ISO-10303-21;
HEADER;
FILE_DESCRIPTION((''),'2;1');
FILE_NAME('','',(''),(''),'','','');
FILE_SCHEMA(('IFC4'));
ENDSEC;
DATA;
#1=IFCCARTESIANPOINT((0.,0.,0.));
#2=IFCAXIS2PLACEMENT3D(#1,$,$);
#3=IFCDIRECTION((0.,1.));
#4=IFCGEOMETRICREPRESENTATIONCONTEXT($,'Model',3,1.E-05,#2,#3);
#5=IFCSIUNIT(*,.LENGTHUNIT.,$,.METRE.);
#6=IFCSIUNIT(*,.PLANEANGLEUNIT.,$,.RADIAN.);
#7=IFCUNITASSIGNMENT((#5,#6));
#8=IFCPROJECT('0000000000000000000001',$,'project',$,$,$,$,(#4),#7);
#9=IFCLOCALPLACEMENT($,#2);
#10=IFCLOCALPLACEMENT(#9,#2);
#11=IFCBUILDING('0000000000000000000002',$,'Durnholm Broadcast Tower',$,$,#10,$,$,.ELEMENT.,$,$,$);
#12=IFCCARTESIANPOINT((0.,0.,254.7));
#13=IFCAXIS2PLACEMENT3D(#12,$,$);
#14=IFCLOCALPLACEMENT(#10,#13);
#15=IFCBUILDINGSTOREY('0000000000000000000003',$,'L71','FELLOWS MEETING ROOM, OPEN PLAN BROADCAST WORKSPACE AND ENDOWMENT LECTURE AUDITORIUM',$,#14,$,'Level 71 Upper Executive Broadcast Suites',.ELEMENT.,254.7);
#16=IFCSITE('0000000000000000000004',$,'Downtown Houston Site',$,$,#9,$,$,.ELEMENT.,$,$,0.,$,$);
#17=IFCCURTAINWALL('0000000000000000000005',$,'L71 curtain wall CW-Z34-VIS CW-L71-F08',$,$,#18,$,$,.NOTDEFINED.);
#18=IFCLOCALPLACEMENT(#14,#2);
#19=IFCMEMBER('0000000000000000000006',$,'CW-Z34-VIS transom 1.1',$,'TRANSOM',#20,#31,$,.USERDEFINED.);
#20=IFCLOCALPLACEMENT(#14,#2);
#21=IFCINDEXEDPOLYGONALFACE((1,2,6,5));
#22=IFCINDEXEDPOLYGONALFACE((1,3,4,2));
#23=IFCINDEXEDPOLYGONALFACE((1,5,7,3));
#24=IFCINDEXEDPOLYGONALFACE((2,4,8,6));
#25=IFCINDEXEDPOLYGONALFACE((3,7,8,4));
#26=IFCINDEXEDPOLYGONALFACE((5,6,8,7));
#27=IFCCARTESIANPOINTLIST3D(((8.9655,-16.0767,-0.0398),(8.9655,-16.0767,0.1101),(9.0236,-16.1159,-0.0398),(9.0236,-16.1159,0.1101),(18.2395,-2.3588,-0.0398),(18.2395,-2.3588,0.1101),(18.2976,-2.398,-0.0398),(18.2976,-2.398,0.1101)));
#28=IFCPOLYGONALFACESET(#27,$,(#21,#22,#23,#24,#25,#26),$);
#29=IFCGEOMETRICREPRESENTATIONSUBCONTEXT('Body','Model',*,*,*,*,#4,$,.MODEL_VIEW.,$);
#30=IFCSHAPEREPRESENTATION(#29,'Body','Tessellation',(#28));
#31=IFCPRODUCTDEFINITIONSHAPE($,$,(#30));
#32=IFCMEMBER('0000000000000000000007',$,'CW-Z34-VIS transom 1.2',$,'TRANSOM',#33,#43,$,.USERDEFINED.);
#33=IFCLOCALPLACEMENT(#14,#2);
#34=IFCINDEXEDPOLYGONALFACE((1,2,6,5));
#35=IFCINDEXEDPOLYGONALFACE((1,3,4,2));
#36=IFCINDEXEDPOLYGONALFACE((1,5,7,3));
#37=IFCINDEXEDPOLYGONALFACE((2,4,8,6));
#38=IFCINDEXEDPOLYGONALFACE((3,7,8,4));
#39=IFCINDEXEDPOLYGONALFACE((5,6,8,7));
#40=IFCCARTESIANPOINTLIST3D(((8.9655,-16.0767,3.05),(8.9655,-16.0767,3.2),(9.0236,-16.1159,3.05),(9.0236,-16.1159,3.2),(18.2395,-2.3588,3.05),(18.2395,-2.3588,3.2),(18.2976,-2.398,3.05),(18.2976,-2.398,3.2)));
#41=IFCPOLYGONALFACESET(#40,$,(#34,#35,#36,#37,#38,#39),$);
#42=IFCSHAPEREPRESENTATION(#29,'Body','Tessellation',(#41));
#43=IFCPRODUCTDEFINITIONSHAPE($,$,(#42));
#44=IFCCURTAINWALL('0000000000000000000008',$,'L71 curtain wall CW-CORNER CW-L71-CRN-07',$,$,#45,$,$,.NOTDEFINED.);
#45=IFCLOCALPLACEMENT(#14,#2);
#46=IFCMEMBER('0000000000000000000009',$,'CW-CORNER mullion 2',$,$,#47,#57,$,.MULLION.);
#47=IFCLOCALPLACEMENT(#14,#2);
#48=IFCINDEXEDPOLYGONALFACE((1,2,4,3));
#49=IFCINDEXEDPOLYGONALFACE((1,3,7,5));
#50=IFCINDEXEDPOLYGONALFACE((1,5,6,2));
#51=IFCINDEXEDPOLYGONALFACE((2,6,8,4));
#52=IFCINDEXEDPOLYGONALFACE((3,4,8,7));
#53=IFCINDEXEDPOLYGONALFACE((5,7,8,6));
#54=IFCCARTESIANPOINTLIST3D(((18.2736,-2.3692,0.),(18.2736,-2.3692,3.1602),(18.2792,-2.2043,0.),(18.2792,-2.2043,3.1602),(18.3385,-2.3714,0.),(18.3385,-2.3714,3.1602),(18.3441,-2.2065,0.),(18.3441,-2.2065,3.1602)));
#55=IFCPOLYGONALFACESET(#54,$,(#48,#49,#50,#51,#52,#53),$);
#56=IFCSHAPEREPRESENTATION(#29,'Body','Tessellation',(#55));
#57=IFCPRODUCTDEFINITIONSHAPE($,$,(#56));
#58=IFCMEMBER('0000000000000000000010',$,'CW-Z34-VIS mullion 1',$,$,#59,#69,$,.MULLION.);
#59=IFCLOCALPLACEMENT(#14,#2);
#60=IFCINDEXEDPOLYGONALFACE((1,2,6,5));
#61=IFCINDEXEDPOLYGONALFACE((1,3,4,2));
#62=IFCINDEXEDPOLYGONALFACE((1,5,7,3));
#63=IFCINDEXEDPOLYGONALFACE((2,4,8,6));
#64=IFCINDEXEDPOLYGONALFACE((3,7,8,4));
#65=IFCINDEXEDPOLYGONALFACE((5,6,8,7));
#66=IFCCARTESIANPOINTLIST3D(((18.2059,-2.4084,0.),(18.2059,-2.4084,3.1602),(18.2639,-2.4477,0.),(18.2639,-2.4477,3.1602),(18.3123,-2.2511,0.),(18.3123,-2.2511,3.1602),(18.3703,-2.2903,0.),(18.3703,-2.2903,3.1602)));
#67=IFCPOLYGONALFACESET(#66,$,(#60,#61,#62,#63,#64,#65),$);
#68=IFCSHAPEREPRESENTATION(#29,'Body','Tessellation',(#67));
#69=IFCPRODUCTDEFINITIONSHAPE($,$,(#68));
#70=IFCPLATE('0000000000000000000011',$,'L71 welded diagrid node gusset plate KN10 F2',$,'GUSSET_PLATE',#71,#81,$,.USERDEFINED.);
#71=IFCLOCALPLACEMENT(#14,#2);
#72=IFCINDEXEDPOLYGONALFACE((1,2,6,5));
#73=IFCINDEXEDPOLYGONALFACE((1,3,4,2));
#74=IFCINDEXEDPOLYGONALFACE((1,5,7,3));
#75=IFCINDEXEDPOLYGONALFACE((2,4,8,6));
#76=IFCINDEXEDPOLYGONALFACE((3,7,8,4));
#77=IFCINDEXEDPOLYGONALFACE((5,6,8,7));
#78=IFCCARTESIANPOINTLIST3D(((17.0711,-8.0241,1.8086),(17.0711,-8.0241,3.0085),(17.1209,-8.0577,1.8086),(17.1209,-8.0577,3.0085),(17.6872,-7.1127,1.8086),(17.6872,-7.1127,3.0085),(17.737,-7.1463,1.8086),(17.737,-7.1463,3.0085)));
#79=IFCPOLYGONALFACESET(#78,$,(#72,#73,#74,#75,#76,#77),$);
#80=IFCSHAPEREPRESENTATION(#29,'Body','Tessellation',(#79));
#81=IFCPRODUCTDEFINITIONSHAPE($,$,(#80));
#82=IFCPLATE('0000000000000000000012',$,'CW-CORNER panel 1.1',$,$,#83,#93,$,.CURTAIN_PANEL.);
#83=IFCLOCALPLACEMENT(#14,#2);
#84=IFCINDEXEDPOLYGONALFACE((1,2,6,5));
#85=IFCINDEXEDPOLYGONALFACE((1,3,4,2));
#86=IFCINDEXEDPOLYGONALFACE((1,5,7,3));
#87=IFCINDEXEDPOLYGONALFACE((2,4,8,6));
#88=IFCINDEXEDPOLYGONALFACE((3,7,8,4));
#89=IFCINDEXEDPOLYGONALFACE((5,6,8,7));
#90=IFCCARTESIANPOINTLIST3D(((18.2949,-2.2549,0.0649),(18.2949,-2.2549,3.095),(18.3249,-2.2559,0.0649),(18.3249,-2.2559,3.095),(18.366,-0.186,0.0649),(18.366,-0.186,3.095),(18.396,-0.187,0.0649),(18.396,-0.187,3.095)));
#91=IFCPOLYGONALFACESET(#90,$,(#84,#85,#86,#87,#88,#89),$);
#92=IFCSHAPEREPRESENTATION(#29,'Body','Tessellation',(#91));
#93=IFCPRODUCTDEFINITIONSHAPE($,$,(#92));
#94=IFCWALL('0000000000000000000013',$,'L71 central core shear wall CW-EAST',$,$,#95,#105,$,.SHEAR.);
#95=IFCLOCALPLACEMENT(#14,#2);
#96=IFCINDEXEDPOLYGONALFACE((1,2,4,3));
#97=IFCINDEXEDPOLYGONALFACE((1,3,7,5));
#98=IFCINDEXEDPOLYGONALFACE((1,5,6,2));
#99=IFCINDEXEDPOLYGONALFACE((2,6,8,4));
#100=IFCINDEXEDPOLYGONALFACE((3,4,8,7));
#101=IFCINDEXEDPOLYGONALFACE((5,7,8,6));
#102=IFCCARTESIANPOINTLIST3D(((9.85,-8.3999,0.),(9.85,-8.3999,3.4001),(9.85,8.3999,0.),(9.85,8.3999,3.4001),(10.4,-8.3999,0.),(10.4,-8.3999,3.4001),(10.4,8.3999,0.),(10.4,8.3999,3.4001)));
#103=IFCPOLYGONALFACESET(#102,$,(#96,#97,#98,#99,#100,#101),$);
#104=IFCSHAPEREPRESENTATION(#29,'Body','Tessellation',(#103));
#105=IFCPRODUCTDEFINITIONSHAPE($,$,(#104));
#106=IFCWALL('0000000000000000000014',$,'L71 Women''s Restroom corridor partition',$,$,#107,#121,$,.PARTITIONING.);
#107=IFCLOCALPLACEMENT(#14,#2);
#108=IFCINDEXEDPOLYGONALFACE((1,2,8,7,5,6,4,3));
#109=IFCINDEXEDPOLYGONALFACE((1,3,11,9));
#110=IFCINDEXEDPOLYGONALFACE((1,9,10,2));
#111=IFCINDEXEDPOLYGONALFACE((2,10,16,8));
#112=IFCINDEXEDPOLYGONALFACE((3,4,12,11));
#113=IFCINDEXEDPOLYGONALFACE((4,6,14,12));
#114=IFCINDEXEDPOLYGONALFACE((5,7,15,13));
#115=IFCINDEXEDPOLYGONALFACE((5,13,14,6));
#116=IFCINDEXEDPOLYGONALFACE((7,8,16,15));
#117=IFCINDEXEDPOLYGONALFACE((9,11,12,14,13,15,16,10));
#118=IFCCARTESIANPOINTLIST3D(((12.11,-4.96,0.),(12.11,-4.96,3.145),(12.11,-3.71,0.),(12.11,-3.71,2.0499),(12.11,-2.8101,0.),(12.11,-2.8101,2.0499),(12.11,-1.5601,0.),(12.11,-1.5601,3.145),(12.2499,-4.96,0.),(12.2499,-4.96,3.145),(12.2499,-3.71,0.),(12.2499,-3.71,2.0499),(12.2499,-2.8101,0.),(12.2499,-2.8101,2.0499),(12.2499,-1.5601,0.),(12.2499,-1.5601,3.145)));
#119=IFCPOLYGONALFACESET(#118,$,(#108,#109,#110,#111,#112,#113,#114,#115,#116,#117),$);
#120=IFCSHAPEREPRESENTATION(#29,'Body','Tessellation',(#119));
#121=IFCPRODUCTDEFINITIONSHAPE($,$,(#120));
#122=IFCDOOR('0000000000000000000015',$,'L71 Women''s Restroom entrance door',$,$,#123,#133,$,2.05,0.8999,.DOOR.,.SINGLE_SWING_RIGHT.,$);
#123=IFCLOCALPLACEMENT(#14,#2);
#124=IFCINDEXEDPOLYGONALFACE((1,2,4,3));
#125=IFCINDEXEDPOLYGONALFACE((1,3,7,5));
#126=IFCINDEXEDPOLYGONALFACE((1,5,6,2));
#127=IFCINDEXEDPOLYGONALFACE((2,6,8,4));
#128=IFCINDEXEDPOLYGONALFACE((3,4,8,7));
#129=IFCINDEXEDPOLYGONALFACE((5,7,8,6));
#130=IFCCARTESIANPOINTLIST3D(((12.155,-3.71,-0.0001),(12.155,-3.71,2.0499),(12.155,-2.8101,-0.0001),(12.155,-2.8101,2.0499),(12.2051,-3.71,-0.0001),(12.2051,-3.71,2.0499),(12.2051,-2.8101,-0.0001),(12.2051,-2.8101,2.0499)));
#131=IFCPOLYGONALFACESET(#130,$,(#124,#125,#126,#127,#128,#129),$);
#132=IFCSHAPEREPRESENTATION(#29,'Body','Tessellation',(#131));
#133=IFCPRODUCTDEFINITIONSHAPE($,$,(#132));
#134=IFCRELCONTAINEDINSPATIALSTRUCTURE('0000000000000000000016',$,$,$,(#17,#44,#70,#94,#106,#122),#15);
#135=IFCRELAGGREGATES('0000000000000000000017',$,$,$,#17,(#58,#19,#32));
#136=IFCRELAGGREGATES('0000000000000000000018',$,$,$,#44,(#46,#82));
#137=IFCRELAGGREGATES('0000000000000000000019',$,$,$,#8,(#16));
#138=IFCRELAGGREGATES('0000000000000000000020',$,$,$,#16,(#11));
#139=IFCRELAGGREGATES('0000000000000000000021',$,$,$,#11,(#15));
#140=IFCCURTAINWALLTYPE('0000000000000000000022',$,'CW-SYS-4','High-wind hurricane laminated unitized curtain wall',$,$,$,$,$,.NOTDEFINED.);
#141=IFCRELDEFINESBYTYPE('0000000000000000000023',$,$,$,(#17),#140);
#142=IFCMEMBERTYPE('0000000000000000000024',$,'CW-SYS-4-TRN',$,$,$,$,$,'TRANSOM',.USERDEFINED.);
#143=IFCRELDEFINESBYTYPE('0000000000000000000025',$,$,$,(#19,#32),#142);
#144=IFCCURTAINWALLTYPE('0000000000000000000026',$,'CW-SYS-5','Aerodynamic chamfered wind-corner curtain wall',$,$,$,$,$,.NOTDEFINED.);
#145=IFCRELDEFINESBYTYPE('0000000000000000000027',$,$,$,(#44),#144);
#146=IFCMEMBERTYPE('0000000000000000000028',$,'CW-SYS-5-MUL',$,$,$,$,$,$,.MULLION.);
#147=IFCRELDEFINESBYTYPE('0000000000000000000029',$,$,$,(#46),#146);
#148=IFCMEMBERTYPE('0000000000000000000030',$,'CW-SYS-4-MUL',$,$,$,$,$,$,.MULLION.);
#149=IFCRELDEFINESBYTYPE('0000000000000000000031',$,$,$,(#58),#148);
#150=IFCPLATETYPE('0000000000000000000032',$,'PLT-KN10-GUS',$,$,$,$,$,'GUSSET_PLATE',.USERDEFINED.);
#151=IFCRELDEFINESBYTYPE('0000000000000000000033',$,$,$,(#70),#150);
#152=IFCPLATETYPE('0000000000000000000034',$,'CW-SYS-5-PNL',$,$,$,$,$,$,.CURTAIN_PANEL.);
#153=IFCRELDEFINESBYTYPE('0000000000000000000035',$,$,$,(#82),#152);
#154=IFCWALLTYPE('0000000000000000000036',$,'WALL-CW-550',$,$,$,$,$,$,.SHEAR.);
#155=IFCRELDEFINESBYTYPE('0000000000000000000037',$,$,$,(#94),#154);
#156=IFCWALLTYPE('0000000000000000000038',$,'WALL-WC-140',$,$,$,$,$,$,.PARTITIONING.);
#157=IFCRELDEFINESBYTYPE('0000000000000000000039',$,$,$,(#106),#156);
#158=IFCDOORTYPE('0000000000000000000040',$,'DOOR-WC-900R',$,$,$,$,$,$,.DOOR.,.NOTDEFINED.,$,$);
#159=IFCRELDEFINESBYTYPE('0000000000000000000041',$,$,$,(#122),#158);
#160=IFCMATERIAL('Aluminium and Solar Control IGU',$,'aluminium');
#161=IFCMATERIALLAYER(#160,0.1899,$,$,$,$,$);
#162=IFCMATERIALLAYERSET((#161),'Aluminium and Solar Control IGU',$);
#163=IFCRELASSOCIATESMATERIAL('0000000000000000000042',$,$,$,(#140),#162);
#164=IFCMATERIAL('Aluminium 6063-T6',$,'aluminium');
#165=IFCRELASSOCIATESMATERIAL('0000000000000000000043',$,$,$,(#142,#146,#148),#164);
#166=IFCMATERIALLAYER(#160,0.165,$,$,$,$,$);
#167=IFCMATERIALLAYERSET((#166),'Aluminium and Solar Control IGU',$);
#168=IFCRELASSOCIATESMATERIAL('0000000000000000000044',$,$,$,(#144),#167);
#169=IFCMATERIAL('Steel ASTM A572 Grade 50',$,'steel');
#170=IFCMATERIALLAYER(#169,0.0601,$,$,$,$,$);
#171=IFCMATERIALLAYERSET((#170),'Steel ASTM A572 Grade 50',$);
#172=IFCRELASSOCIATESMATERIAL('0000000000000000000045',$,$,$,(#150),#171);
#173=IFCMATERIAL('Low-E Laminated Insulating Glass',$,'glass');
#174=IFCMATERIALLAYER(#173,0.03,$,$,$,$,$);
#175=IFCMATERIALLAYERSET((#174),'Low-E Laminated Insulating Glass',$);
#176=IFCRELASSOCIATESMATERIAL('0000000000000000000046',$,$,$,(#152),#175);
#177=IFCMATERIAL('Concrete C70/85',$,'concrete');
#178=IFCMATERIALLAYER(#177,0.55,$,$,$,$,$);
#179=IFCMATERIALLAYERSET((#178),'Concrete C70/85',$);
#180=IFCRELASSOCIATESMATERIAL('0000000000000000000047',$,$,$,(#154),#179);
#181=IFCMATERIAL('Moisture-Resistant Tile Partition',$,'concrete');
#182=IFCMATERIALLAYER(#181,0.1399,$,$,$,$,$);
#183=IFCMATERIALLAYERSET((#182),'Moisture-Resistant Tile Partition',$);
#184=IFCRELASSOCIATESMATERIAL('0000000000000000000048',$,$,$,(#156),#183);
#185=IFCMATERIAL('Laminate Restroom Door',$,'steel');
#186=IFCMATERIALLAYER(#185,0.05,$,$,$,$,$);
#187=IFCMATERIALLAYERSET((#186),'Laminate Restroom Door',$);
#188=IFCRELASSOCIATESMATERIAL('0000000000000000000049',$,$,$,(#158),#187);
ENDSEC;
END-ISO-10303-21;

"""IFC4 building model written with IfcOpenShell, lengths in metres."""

from ifc_helpers import new_model, si_unit, direction, frame, frame_2d, origin, origin_2d, place, context, subcontext, project, spatial, rectangle, extrude, source, transform, mapped, material, layer, layer_set, material_profile, profile_set, type_object, type_shapes, element, fill, aggregate, save


model = new_model("IFC4")

# Units and contexts
model_context = context("Model", 3, precision=1e-05, world=origin(), true_north=direction((0.0, 1.0)))
body_context = subcontext(model_context, "Body", "Model", "MODEL_VIEW")
ifc_project = project(units=[si_unit("LENGTHUNIT", "METRE"), si_unit("PLANEANGLEUNIT", "RADIAN")], contexts=[model_context])

# Site, building, storey
site_placement = place(None, origin())
site = spatial("IfcSite", under=ifc_project, at=site_placement, Name="Downtown Houston Site", CompositionType="ELEMENT", RefElevation=0.0)
building_placement = place(site_placement, origin())
building = spatial("IfcBuilding", under=site, at=building_placement, Name="Durnholm Broadcast Tower", CompositionType="ELEMENT")
storey_placement = place(building_placement, frame((0.0, 0.0, 254.7)))
storey = spatial("IfcBuildingStorey", under=building, at=storey_placement, Name="L71", Description="FELLOWS MEETING ROOM, OPEN PLAN BROADCAST WORKSPACE AND ENDOWMENT LECTURE AUDITORIUM", LongName="Level 71 Upper Executive Broadcast Suites", CompositionType="ELEMENT", Elevation=254.7)

# Shared definitions
ifc_material_1 = material(Name="Concrete C70/85", Category="concrete")

# Curtain wall, members
ifc_material_2 = material(Name="Aluminium and Solar Control IGU", Category="aluminium")
ifc_layer_1 = layer(ifc_material_2, 0.1899)
ifc_layer_set_1 = layer_set([ifc_layer_1], Name="Aluminium and Solar Control IGU")
curtain_wall_type_1 = type_object("IfcCurtainWallType", Name="CW-SYS-4", Description="High-wind hurricane laminated unitized curtain wall", PredefinedType="NOTDEFINED", material=ifc_layer_set_1)
curtain_wall_1_placement = place(storey_placement, origin())
curtain_wall_1 = element("IfcCurtainWall", 1, at=curtain_wall_1_placement, inside=storey, type_object=curtain_wall_type_1, Name="L71 curtain wall CW-Z34-VIS CW-L71-F08", PredefinedType="NOTDEFINED")
ifc_material_3 = material(Name="Aluminium 6063-T6", Category="aluminium")
ifc_material_profile_1 = material_profile(ifc_material_3, rectangle(XDim=0.0701, YDim=0.1499, at=origin_2d()), Name="CWT70X150")
ifc_profile_set_1 = profile_set([ifc_material_profile_1], Name="Aluminium 6063-T6")
member_type_1 = type_object("IfcMemberType", Name="CW-SYS-4-TRN", ElementType="TRANSOM", PredefinedType="USERDEFINED", material=ifc_profile_set_1)
shared_shape_1 = source(origin(), body_context, "Body", "SweptSolid", [
    extrude(rectangle(XDim=0.0701, YDim=0.1499, at=origin_2d()), origin(), (0.0, 0.0, 1.0), 16.5586),
])
type_shapes(member_type_1, [shared_shape_1])
member_1_placement = place(storey_placement, frame((18.2686, -2.3784, 0.0352), z_axis=(-0.560071, -0.828444, 0.0), x_axis=(0.828444, -0.560071, 0.0)))
member_1 = element("IfcMember", 2, at=member_1_placement, type_object=member_type_1, Name="CW-Z34-VIS transom 1.1", ObjectType="TRANSOM", PredefinedType="USERDEFINED", context=body_context, shape_type="MappedRepresentation", body=[
    mapped(shared_shape_1, transform((0.0, 0.0, 0.0), x_axis=(1.0, 0.0, 0.0), y_axis=(0.0, 1.0, 0.0), z_axis=(0.0, 0.0, 1.0), scale=1.0)),
])
member_2_placement = place(storey_placement, frame((18.2686, -2.3784, 3.125), z_axis=(-0.560071, -0.828444, 0.0), x_axis=(0.828444, -0.560071, 0.0)))
member_2 = element("IfcMember", 3, at=member_2_placement, type_object=member_type_1, Name="CW-Z34-VIS transom 1.2", ObjectType="TRANSOM", PredefinedType="USERDEFINED", context=body_context, shape_type="MappedRepresentation", body=[
    mapped(shared_shape_1, transform((0.0, 0.0, 0.0), x_axis=(1.0, 0.0, 0.0), y_axis=(0.0, 1.0, 0.0), z_axis=(0.0, 0.0, 1.0), scale=1.0)),
])

# Curtain wall, member
ifc_layer_2 = layer(ifc_material_2, 0.165)
ifc_layer_set_2 = layer_set([ifc_layer_2], Name="Aluminium and Solar Control IGU")
curtain_wall_type_2 = type_object("IfcCurtainWallType", Name="CW-SYS-5", Description="Aerodynamic chamfered wind-corner curtain wall", PredefinedType="NOTDEFINED", material=ifc_layer_set_2)
curtain_wall_2_placement = place(storey_placement, origin())
curtain_wall_2 = element("IfcCurtainWall", 4, at=curtain_wall_2_placement, inside=storey, type_object=curtain_wall_type_2, Name="L71 curtain wall CW-CORNER CW-L71-CRN-07", PredefinedType="NOTDEFINED")
ifc_material_profile_2 = material_profile(ifc_material_3, rectangle(XDim=0.0649, YDim=0.165, at=origin_2d()), Name="CWM65X165")
ifc_profile_set_2 = profile_set([ifc_material_profile_2], Name="Aluminium 6063-T6")
member_type_2 = type_object("IfcMemberType", Name="CW-SYS-5-MUL", PredefinedType="MULLION", material=ifc_profile_set_2)
shared_shape_2 = source(origin(), body_context, "Body", "SweptSolid", [
    extrude(rectangle(XDim=0.0649, YDim=0.165, at=origin_2d()), origin(), (0.0, 0.0, 1.0), 3.1602),
])
type_shapes(member_type_2, [shared_shape_2])
member_3_placement = place(storey_placement, frame((18.3088, -2.2878, 0.0), z_axis=(0.0, 0.0, 1.0), x_axis=(0.999411, -0.034318, 0.0)))
member_3 = element("IfcMember", 5, at=member_3_placement, type_object=member_type_2, Name="CW-CORNER mullion 2", PredefinedType="MULLION", context=body_context, shape_type="MappedRepresentation", body=[
    mapped(shared_shape_2, transform((0.0, 0.0, 0.0), x_axis=(1.0, 0.0, 0.0), y_axis=(0.0, 1.0, 0.0), z_axis=(0.0, 0.0, 1.0), scale=1.0)),
])

# Member
ifc_material_profile_3 = material_profile(ifc_material_3, rectangle(XDim=0.0701, YDim=0.1899, at=origin_2d()), Name="CWM70X190")
ifc_profile_set_3 = profile_set([ifc_material_profile_3], Name="Aluminium 6063-T6")
member_type_3 = type_object("IfcMemberType", Name="CW-SYS-4-MUL", PredefinedType="MULLION", material=ifc_profile_set_3)
shared_shape_3 = source(origin(), body_context, "Body", "SweptSolid", [
    extrude(rectangle(XDim=0.0701, YDim=0.1899, at=origin_2d()), origin(), (0.0, 0.0, 1.0), 3.1602),
])
type_shapes(member_type_3, [shared_shape_3])
member_4_placement = place(storey_placement, frame((18.2881, -2.3494, 0.0), z_axis=(0.0, 0.0, 1.0), x_axis=(0.828443, -0.560073, 0.0)))
member_4 = element("IfcMember", 6, at=member_4_placement, type_object=member_type_3, Name="CW-Z34-VIS mullion 1", PredefinedType="MULLION", context=body_context, shape_type="MappedRepresentation", body=[
    mapped(shared_shape_3, transform((0.0, 0.0, 0.0), x_axis=(1.0, 0.0, 0.0), y_axis=(0.0, 1.0, 0.0), z_axis=(0.0, 0.0, 1.0), scale=1.0)),
])
aggregate(curtain_wall_1, [member_4, member_1, member_2])

# Plates
ifc_material_4 = material(Name="Steel ASTM A572 Grade 50", Category="steel")
ifc_layer_3 = layer(ifc_material_4, 0.0601)
ifc_layer_set_3 = layer_set([ifc_layer_3], Name="Steel ASTM A572 Grade 50")
plate_type_1 = type_object("IfcPlateType", Name="PLT-KN10-GUS", ElementType="GUSSET_PLATE", PredefinedType="USERDEFINED", material=ifc_layer_set_3)
shared_shape_4 = source(origin(), body_context, "Body", "SweptSolid", [
    extrude(rectangle(XDim=1.1001, YDim=0.0601, at=origin_2d()), origin(), (0.0, 0.0, 1.0), 1.2),
])
type_shapes(plate_type_1, [shared_shape_4])
plate_1_placement = place(storey_placement, frame((17.4041, -7.5852, 1.8086), z_axis=(0.0, 0.0, 1.0), x_axis=(0.560061, 0.828452, 0.0)))
element("IfcPlate", 7, at=plate_1_placement, inside=storey, type_object=plate_type_1, Name="L71 welded diagrid node gusset plate KN10 F2", ObjectType="GUSSET_PLATE", PredefinedType="USERDEFINED", context=body_context, shape_type="MappedRepresentation", body=[
    mapped(shared_shape_4, transform((0.0, 0.0, 0.0), x_axis=(1.0, 0.0, 0.0), y_axis=(0.0, 1.0, 0.0), z_axis=(0.0, 0.0, 1.0), scale=1.0)),
])
ifc_material_5 = material(Name="Low-E Laminated Insulating Glass", Category="glass")
ifc_layer_4 = layer(ifc_material_5, 0.03)
ifc_layer_set_4 = layer_set([ifc_layer_4], Name="Low-E Laminated Insulating Glass")
plate_type_2 = type_object("IfcPlateType", Name="CW-SYS-5-PNL", PredefinedType="CURTAIN_PANEL", material=ifc_layer_set_4)
shared_shape_5 = source(origin(), body_context, "Body", "SweptSolid", [
    extrude(rectangle(XDim=2.0701, YDim=0.03, at=origin_2d()), origin(), (0.0, 0.0, 1.0), 3.03),
])
type_shapes(plate_type_2, [shared_shape_5])
plate_2_placement = place(storey_placement, frame((18.3455, -1.2209, 0.0649), z_axis=(0.0, 0.0, 1.0), x_axis=(-0.034318, -0.999411, 0.0)))
plate_2 = element("IfcPlate", 8, at=plate_2_placement, type_object=plate_type_2, Name="CW-CORNER panel 1.1", PredefinedType="CURTAIN_PANEL", context=body_context, shape_type="MappedRepresentation", body=[
    mapped(shared_shape_5, transform((0.0, 0.0, 0.0), x_axis=(1.0, 0.0, 0.0), y_axis=(0.0, 1.0, 0.0), z_axis=(0.0, 0.0, 1.0), scale=1.0)),
])
aggregate(curtain_wall_2, [member_3, plate_2])

# Wall
ifc_layer_5 = layer(ifc_material_1, 0.55)
ifc_layer_set_5 = layer_set([ifc_layer_5], Name="Concrete C70/85")
wall_type_1 = type_object("IfcWallType", Name="WALL-CW-550", PredefinedType="SHEAR", material=ifc_layer_set_5)
wall_1_placement = place(storey_placement, frame((10.125, -8.3999, 0.0), z_axis=(0.0, 0.0, 1.0), x_axis=(0.0, 1.0, 0.0)))
element("IfcWall", 9, at=wall_1_placement, inside=storey, type_object=wall_type_1, Name="L71 central core shear wall CW-EAST", PredefinedType="SHEAR", context=body_context, shape_type="SweptSolid", body=[
    extrude(rectangle(XDim=16.7998, YDim=0.55, at=frame_2d((8.3999, 0.0))), origin(), (0.0, 0.0, 1.0), 3.4001),
])

# Wall, opening, door
ifc_material_6 = material(Name="Moisture-Resistant Tile Partition", Category="concrete")
ifc_layer_6 = layer(ifc_material_6, 0.1399)
ifc_layer_set_6 = layer_set([ifc_layer_6], Name="Moisture-Resistant Tile Partition")
wall_type_2 = type_object("IfcWallType", Name="WALL-WC-140", PredefinedType="PARTITIONING", material=ifc_layer_set_6)
wall_2_placement = place(storey_placement, frame((12.1799, -4.96, 0.0), z_axis=(0.0, 0.0, 1.0), x_axis=(0.0, 1.0, 0.0)))
wall_2 = element("IfcWall", 10, at=wall_2_placement, inside=storey, type_object=wall_type_2, Name="L71 Women's Restroom corridor partition", PredefinedType="PARTITIONING", context=body_context, shape_type="SweptSolid", body=[
    extrude(rectangle(XDim=3.3999, YDim=0.1399, at=frame_2d((1.7, 0.0))), origin(), (0.0, 0.0, 1.0), 3.145),
])
opening_1_placement = place(wall_2_placement, frame((1.25, 0.0, 0.0)))
opening_1 = element("IfcOpeningElement", 11, at=opening_1_placement, cuts=wall_2, PredefinedType="OPENING", context=body_context, shape_type="SweptSolid", body=[
    extrude(rectangle(XDim=0.8999, YDim=2.05, at=frame_2d((0.45, 1.0249))), frame((0.0, 0.0801, 0.0), z_axis=(0.0, -1.0, 0.0), x_axis=(1.0, 0.0, 0.0)), (0.0, 0.0, 1.0), 0.1599),
])
ifc_material_7 = material(Name="Laminate Restroom Door", Category="steel")
ifc_layer_7 = layer(ifc_material_7, 0.05)
ifc_layer_set_7 = layer_set([ifc_layer_7], Name="Laminate Restroom Door")
door_type_1 = type_object("IfcDoorType", Name="DOOR-WC-900R", OperationType="NOTDEFINED", PredefinedType="DOOR", material=ifc_layer_set_7)
shared_shape_6 = source(origin(), body_context, "Body", "SweptSolid", [
    extrude(rectangle(XDim=0.8999, YDim=2.05, at=frame_2d((0.45, 1.0249))), frame((0.0, 0.0249, 0.0), z_axis=(0.0, -1.0, 0.0), x_axis=(1.0, 0.0, 0.0)), (0.0, 0.0, 1.0), 0.05),
])
type_shapes(door_type_1, [shared_shape_6])
door_1_placement = place(opening_1_placement, origin())
door_1 = element("IfcDoor", 12, at=door_1_placement, inside=storey, type_object=door_type_1, Name="L71 Women's Restroom entrance door", OperationType="SINGLE_SWING_RIGHT", OverallHeight=2.05, OverallWidth=0.8999, PredefinedType="DOOR", context=body_context, shape_type="MappedRepresentation", body=[
    mapped(shared_shape_6, transform((0.0, 0.0, 0.0), x_axis=(1.0, 0.0, 0.0), y_axis=(0.0, 1.0, 0.0), z_axis=(0.0, 0.0, 1.0), scale=1.0)),
])
fill(opening_1, door_1)

save(model, "model.ifc")
